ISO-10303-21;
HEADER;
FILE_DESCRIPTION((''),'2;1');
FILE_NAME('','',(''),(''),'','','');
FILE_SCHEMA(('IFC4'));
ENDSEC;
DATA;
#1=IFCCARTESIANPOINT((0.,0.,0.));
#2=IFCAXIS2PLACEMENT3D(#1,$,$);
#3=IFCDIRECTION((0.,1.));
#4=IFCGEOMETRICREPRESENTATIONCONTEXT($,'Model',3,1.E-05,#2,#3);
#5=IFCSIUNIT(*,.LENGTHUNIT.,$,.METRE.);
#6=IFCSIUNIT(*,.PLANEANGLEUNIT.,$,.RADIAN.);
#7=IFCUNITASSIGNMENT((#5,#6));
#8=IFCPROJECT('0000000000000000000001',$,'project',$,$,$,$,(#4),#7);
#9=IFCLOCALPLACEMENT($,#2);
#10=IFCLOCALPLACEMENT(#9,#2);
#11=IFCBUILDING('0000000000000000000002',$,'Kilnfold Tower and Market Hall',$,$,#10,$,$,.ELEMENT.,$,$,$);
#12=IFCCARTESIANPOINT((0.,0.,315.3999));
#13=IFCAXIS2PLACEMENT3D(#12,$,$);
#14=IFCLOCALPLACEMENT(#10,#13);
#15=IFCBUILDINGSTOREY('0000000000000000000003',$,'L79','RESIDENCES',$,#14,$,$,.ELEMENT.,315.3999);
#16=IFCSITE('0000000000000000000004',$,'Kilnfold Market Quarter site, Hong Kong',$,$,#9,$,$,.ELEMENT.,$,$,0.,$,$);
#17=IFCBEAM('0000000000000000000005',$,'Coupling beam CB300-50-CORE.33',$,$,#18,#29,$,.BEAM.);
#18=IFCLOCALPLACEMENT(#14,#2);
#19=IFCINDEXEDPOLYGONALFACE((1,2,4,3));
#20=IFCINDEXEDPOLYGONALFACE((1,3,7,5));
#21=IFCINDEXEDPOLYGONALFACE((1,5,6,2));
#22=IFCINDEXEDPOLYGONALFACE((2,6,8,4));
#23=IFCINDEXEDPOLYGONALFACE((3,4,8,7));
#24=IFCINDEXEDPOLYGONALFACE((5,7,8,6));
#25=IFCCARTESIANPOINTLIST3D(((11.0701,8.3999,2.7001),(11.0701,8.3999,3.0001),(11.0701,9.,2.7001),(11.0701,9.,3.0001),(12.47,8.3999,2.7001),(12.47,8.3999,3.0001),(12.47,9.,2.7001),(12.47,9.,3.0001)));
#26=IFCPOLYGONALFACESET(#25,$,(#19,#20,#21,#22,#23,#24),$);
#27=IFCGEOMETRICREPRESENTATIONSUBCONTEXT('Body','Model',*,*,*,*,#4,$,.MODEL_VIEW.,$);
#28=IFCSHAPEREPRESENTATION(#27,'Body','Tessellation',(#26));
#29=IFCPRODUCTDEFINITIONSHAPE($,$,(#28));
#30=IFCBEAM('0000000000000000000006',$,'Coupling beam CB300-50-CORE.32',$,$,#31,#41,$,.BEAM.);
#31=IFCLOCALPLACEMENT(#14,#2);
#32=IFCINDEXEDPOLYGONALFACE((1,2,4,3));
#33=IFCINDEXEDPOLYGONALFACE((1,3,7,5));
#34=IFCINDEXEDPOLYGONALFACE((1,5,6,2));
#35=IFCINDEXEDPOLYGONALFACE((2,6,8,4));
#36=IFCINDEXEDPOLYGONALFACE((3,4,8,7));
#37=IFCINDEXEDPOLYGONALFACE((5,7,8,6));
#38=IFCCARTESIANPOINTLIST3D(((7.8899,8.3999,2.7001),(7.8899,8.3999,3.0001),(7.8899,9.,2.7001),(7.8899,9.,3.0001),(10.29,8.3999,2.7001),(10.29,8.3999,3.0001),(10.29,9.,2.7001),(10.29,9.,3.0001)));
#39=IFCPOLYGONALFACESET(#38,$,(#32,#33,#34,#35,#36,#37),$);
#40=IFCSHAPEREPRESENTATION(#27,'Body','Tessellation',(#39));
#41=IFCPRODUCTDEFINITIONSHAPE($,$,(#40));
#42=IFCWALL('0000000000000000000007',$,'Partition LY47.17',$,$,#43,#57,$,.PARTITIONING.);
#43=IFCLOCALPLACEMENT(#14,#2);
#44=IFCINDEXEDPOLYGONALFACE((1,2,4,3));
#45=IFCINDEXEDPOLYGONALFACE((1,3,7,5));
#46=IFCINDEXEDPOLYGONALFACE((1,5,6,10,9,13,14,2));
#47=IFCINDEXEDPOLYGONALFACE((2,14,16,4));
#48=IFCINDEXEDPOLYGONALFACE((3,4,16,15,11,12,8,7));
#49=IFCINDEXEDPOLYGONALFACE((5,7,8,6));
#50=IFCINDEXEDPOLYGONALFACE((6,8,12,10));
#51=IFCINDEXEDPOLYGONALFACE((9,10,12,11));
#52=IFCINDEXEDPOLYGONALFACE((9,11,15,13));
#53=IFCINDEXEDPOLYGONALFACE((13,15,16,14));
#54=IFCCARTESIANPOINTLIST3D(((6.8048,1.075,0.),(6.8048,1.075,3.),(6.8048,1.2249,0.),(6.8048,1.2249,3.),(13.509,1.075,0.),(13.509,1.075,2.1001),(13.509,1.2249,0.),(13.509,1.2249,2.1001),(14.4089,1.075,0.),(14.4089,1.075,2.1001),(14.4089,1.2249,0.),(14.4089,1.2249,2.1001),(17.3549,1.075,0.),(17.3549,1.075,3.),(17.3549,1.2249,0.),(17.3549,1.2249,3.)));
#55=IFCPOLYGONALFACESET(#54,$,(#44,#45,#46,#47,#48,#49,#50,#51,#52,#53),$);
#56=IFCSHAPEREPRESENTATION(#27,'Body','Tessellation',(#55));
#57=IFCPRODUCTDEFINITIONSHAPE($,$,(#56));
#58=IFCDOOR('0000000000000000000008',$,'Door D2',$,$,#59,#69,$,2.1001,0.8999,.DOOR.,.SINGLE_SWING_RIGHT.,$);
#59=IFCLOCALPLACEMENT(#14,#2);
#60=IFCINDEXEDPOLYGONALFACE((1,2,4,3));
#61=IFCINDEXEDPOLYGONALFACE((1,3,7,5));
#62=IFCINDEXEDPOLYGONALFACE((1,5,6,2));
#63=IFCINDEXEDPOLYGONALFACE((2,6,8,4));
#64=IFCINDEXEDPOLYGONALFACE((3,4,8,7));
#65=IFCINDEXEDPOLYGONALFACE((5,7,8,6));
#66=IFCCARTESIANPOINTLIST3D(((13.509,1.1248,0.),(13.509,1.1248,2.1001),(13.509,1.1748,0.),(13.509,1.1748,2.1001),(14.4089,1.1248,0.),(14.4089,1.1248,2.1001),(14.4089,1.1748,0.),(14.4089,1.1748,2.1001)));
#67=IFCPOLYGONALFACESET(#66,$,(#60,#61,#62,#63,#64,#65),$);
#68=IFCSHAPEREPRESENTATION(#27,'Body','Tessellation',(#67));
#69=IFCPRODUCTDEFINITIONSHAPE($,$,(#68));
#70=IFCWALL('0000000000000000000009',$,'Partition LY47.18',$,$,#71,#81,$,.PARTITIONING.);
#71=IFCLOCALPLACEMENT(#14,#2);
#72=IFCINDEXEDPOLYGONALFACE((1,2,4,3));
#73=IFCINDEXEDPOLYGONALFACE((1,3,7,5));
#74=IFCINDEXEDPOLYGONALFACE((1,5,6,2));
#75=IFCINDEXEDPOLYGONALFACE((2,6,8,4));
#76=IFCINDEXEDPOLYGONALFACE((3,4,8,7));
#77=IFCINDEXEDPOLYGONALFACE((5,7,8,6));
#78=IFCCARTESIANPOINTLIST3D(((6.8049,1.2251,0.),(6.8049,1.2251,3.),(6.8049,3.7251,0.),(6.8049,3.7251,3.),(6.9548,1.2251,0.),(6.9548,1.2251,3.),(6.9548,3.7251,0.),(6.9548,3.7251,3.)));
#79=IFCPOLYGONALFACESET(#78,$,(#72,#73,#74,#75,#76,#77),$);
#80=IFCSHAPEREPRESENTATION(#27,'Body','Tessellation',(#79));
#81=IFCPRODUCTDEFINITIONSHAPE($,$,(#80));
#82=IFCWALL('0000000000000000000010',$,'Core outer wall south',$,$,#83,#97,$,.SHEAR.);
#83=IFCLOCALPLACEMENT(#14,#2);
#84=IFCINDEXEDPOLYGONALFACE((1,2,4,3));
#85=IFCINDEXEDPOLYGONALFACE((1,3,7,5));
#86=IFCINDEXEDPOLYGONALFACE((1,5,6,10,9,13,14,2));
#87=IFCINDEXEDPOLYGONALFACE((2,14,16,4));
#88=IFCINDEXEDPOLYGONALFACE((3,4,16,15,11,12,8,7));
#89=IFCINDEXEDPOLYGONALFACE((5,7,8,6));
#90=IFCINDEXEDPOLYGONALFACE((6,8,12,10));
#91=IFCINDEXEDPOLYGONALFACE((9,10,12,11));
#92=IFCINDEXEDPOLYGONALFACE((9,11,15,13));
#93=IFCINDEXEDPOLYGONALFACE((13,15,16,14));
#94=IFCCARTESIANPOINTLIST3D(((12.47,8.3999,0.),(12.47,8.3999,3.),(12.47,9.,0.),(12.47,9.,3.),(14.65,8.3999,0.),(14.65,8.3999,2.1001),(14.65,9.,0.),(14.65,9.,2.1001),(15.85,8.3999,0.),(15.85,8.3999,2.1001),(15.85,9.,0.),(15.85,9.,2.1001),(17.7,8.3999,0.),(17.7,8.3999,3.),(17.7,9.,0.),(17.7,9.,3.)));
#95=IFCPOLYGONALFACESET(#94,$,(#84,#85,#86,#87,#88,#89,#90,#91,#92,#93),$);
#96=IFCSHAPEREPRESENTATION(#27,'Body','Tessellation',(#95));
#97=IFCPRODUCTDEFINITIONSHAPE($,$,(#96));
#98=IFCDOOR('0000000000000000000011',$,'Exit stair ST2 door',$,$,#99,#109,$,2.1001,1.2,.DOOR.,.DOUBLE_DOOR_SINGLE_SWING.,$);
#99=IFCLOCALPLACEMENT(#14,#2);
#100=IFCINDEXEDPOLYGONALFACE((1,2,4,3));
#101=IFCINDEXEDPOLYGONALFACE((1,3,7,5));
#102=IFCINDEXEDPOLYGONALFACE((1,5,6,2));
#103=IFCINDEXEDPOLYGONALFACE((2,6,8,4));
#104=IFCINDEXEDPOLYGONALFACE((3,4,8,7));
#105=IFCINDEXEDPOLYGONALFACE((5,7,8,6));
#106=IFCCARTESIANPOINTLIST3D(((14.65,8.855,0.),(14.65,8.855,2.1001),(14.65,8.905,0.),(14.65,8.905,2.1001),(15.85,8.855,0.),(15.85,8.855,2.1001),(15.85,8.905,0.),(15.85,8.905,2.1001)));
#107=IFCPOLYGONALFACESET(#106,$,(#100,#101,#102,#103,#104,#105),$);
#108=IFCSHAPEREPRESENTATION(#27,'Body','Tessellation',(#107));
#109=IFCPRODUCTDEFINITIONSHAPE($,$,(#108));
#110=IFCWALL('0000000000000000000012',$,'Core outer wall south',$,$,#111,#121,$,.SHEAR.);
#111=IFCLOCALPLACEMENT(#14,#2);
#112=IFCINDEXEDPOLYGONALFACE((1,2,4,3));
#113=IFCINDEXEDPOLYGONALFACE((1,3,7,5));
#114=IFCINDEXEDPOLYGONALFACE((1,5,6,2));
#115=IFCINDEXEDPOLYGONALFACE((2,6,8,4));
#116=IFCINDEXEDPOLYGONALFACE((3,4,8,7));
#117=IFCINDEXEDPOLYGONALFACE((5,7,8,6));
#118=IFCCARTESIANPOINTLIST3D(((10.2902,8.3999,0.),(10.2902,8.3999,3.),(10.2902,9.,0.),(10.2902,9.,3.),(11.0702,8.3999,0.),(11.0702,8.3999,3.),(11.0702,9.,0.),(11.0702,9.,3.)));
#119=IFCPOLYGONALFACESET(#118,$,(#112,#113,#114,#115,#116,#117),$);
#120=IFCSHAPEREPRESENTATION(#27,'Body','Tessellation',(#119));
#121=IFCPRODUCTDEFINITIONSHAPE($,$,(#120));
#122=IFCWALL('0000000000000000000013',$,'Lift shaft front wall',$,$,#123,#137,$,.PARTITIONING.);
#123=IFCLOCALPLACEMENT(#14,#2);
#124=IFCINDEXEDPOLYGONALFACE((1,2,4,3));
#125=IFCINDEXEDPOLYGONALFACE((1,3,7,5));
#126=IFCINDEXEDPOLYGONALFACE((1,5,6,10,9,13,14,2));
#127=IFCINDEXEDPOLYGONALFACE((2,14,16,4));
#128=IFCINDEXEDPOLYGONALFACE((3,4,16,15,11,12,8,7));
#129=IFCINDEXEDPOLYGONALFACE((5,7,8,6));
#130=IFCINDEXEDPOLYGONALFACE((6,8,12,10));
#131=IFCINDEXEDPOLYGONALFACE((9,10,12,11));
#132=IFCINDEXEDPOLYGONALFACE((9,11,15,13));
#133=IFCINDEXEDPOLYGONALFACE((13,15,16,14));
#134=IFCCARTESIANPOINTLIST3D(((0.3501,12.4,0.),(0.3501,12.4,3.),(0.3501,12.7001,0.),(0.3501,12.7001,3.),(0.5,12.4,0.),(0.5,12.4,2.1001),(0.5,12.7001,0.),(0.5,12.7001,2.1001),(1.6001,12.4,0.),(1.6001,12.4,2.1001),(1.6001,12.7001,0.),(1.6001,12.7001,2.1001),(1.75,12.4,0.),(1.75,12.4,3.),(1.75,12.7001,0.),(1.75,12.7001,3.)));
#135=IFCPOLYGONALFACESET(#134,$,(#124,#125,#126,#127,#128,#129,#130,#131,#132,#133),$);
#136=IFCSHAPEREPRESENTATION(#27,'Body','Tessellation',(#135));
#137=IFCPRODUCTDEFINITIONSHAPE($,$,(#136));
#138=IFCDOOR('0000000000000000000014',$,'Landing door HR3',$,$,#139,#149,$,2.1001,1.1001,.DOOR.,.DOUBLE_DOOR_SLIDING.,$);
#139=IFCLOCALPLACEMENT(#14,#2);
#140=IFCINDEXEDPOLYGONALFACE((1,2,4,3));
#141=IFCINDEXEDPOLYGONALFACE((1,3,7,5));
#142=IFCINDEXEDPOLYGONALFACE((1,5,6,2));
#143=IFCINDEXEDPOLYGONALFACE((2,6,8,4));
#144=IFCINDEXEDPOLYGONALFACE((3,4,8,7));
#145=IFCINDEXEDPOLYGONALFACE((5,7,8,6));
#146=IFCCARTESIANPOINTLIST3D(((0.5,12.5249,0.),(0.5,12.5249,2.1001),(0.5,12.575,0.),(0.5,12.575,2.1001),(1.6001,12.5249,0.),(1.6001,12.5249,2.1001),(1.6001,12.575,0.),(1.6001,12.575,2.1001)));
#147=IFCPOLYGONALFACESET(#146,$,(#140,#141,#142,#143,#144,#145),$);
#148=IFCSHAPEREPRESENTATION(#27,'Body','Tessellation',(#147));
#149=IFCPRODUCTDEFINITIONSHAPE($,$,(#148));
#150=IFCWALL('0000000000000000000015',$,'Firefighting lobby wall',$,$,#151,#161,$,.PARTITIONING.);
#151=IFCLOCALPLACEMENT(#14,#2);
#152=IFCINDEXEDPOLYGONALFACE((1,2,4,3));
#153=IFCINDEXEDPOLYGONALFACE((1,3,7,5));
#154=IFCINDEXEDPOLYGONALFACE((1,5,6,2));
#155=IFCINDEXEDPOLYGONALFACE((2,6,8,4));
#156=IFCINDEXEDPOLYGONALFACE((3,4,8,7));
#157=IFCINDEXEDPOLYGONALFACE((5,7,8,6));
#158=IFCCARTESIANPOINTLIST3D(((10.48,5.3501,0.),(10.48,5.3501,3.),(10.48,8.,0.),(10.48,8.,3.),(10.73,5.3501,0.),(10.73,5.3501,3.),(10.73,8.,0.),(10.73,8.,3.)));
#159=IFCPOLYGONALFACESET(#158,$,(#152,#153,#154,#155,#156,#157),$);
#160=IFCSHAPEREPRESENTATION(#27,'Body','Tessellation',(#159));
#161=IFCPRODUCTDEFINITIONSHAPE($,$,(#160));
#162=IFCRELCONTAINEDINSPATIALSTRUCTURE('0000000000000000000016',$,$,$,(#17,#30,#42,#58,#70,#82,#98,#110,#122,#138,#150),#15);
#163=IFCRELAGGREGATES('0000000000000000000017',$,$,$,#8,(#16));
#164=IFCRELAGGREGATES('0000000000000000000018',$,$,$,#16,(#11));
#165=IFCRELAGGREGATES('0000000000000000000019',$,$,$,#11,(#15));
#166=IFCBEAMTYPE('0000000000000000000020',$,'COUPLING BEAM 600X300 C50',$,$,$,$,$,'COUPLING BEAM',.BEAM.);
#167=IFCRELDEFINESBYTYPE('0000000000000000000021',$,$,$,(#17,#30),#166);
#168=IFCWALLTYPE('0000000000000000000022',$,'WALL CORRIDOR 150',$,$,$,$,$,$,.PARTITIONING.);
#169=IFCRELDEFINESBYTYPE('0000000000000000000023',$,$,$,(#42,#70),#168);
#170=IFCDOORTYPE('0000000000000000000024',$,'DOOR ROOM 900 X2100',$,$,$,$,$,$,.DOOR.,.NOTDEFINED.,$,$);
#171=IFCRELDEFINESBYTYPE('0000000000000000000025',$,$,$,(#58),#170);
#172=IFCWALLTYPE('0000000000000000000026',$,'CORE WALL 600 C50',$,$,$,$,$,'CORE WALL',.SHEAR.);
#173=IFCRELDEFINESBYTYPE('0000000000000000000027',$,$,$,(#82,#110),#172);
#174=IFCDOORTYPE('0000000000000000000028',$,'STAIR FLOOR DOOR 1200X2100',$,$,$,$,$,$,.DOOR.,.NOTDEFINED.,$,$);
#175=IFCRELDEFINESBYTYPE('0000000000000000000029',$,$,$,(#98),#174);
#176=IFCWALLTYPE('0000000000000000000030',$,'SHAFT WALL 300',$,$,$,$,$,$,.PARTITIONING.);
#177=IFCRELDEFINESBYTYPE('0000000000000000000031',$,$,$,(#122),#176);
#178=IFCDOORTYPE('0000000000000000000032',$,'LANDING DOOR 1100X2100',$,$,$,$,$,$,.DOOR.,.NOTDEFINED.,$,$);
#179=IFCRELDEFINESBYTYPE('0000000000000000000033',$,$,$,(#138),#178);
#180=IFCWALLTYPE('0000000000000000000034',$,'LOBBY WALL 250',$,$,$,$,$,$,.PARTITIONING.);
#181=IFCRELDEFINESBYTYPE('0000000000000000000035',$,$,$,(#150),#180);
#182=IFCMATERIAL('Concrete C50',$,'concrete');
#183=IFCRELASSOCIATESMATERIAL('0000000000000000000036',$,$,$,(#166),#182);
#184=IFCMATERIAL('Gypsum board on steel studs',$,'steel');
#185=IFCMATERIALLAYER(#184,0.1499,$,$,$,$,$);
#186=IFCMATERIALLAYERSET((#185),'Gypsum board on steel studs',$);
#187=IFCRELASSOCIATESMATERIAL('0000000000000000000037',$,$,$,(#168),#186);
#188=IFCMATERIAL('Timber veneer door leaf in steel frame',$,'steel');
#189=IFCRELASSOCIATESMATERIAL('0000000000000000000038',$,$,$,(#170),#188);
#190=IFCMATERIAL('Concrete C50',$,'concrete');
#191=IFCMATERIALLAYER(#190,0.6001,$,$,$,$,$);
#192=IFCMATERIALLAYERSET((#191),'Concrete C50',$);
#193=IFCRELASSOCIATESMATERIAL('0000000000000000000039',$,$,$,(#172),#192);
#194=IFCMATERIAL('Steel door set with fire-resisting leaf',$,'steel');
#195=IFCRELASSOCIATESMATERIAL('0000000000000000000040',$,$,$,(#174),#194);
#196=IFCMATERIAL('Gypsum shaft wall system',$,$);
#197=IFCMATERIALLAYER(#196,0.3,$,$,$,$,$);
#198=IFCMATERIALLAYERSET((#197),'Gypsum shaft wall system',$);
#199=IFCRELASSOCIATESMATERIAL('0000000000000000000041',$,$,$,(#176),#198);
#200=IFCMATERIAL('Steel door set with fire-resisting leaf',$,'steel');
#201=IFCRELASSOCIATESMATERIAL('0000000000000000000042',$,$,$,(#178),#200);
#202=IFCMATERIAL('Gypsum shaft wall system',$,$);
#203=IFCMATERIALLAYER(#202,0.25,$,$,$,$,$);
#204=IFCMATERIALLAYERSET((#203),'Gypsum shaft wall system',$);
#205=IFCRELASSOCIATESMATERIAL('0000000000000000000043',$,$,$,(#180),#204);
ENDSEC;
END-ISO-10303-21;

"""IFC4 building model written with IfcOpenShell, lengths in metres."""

from ifc_helpers import new_model, si_unit, direction, frame, frame_2d, origin, origin_2d, place, context, subcontext, project, spatial, rectangle, extrude, source, transform, mapped, material, layer, layer_set, material_profile, profile_set, type_object, element, fill, save


model = new_model("IFC4")

# Units and contexts
model_context = context("Model", 3, precision=1e-05, world=origin(), true_north=direction((0.0, 1.0)))
body_context = subcontext(model_context, "Body", "Model", "MODEL_VIEW")
ifc_project = project(units=[si_unit("LENGTHUNIT", "METRE"), si_unit("PLANEANGLEUNIT", "RADIAN")], contexts=[model_context])

# Site, building, storey
site_placement = place(None, origin())
site = spatial("IfcSite", under=ifc_project, at=site_placement, Name="Kilnfold Market Quarter site, Hong Kong", CompositionType="ELEMENT", RefElevation=0.0)
building_placement = place(site_placement, origin())
building = spatial("IfcBuilding", under=site, at=building_placement, Name="Kilnfold Tower and Market Hall", CompositionType="ELEMENT")
storey_placement = place(building_placement, frame((0.0, 0.0, 315.3999)))
storey = spatial("IfcBuildingStorey", under=building, at=storey_placement, Name="L79", Description="RESIDENCES", CompositionType="ELEMENT", Elevation=315.3999)

# Beams
ifc_material_1 = material(Name="Concrete C50", Category="concrete")
ifc_material_profile = material_profile(ifc_material_1, rectangle(XDim=0.6001, YDim=0.3, at=origin_2d()), Name="RC 600x300")
ifc_profile_set = profile_set([ifc_material_profile], Name="Concrete C50")
beam_type = type_object("IfcBeamType", Name="COUPLING BEAM 600X300 C50", ElementType="COUPLING BEAM", PredefinedType="BEAM", material=ifc_profile_set)
shared_shape_1 = source(origin(), body_context, "Body", "SweptSolid", [
    extrude(rectangle(XDim=0.6001, YDim=0.3, at=origin_2d()), origin(), (0.0, 0.0, 1.0), 1.3999),
])
beam_1_placement = place(storey_placement, frame((11.0701, 8.7, 2.8501), z_axis=(1.0, 0.0, 0.0), x_axis=(0.0, 1.0, 0.0)))
element("IfcBeam", 1, at=beam_1_placement, inside=storey, type_object=beam_type, Name="Coupling beam CB300-50-CORE.33", PredefinedType="BEAM", context=body_context, shape_type="MappedRepresentation", body=[
    mapped(shared_shape_1, transform((0.0, 0.0, 0.0))),
])
shared_shape_2 = source(origin(), body_context, "Body", "SweptSolid", [
    extrude(rectangle(XDim=0.6001, YDim=0.3, at=origin_2d()), origin(), (0.0, 0.0, 1.0), 2.4001),
])
beam_2_placement = place(storey_placement, frame((7.8899, 8.7, 2.8501), z_axis=(1.0, 0.0, 0.0), x_axis=(0.0, 1.0, 0.0)))
element("IfcBeam", 2, at=beam_2_placement, inside=storey, type_object=beam_type, Name="Coupling beam CB300-50-CORE.32", PredefinedType="BEAM", context=body_context, shape_type="MappedRepresentation", body=[
    mapped(shared_shape_2, transform((0.0, 0.0, 0.0))),
])

# Wall, opening, door
ifc_material_2 = material(Name="Gypsum board on steel studs", Category="steel")
ifc_layer_1 = layer(ifc_material_2, 0.1499)
ifc_layer_set_1 = layer_set([ifc_layer_1], Name="Gypsum board on steel studs")
wall_type_1 = type_object("IfcWallType", Name="WALL CORRIDOR 150", PredefinedType="PARTITIONING", material=ifc_layer_set_1)
wall_1_placement = place(storey_placement, frame((6.8049, 1.1499, 0.0), z_axis=(0.0, 0.0, 1.0), x_axis=(1.0, 0.0, 0.0)))
wall_1 = element("IfcWall", 3, at=wall_1_placement, inside=storey, type_object=wall_type_1, Name="Partition LY47.17", PredefinedType="PARTITIONING", context=body_context, shape_type="SweptSolid", body=[
    extrude(rectangle(XDim=10.55, YDim=0.1499, at=frame_2d((5.2749, 0.0))), origin(), (0.0, 0.0, 1.0), 3.0),
])
opening_1_placement = place(wall_1_placement, frame((6.7041, 0.0, 0.0)))
opening_1 = element("IfcOpeningElement", 4, at=opening_1_placement, cuts=wall_1, PredefinedType="OPENING", context=body_context, shape_type="SweptSolid", body=[
    extrude(rectangle(XDim=0.8999, YDim=2.1001, at=frame_2d((0.45, 1.05))), frame((0.0, 0.085, 0.0), z_axis=(0.0, -1.0, 0.0), x_axis=(1.0, 0.0, 0.0)), (0.0, 0.0, 1.0), 0.1699),
])
ifc_material_3 = material(Name="Timber veneer door leaf in steel frame", Category="steel")
door_type_1 = type_object("IfcDoorType", Name="DOOR ROOM 900 X2100", OperationType="NOTDEFINED", PredefinedType="DOOR", material=ifc_material_3)
door_1_placement = place(opening_1_placement, origin())
door_1 = element("IfcDoor", 5, at=door_1_placement, inside=storey, type_object=door_type_1, Name="Door D2", OperationType="SINGLE_SWING_RIGHT", OverallHeight=2.1001, OverallWidth=0.8999, PredefinedType="DOOR", context=body_context, shape_type="SweptSolid", body=[
    extrude(rectangle(XDim=0.8999, YDim=2.1001, at=frame_2d((0.45, 1.05))), frame((0.0, 0.0249, 0.0), z_axis=(0.0, -1.0, 0.0), x_axis=(1.0, 0.0, 0.0)), (0.0, 0.0, 1.0), 0.05),
])
fill(opening_1, door_1)

# Wall
wall_2_placement = place(storey_placement, frame((6.8799, 3.7251, 0.0), z_axis=(0.0, 0.0, 1.0), x_axis=(0.0, -1.0, 0.0)))
element("IfcWall", 6, at=wall_2_placement, inside=storey, type_object=wall_type_1, Name="Partition LY47.18", PredefinedType="PARTITIONING", context=body_context, shape_type="SweptSolid", body=[
    extrude(rectangle(XDim=2.5, YDim=0.1499, at=frame_2d((1.25, 0.0))), origin(), (0.0, 0.0, 1.0), 3.0),
])

# Wall, opening, door
ifc_material_4 = material(Name="Concrete C50", Category="concrete")
ifc_layer_2 = layer(ifc_material_4, 0.6001)
ifc_layer_set_2 = layer_set([ifc_layer_2], Name="Concrete C50")
wall_type_2 = type_object("IfcWallType", Name="CORE WALL 600 C50", ElementType="CORE WALL", PredefinedType="SHEAR", material=ifc_layer_set_2)
shared_shape_3 = source(origin(), body_context, "Body", "SweptSolid", [
    extrude(rectangle(XDim=5.23, YDim=0.6001, at=frame_2d((2.615, 0.0))), origin(), (0.0, 0.0, 1.0), 3.0),
])
wall_3_placement = place(storey_placement, frame((12.47, 8.7, 0.0), z_axis=(0.0, 0.0, 1.0), x_axis=(1.0, 0.0, 0.0)))
wall_3 = element("IfcWall", 7, at=wall_3_placement, inside=storey, type_object=wall_type_2, Name="Core outer wall south", PredefinedType="SHEAR", context=body_context, shape_type="MappedRepresentation", body=[
    mapped(shared_shape_3, transform((0.0, 0.0, 0.0))),
])
opening_2_placement = place(wall_3_placement, frame((2.1799, 0.0, 0.0)))
opening_2 = element("IfcOpeningElement", 8, at=opening_2_placement, cuts=wall_3, PredefinedType="OPENING", context=body_context, shape_type="SweptSolid", body=[
    extrude(rectangle(XDim=1.2, YDim=2.1001, at=frame_2d((0.6001, 1.05))), frame((0.0, 0.3101, 0.0), z_axis=(0.0, -1.0, 0.0), x_axis=(1.0, 0.0, 0.0)), (0.0, 0.0, 1.0), 0.6201),
])
ifc_material_5 = material(Name="Steel door set with fire-resisting leaf", Category="steel")
door_type_2 = type_object("IfcDoorType", Name="STAIR FLOOR DOOR 1200X2100", OperationType="NOTDEFINED", PredefinedType="DOOR", material=ifc_material_5)
door_2_placement = place(opening_2_placement, origin())
door_2 = element("IfcDoor", 9, at=door_2_placement, inside=storey, type_object=door_type_2, Name="Exit stair ST2 door", OperationType="DOUBLE_DOOR_SINGLE_SWING", OverallHeight=2.1001, OverallWidth=1.2, PredefinedType="DOOR", context=body_context, shape_type="SweptSolid", body=[
    extrude(rectangle(XDim=1.2, YDim=2.1001, at=frame_2d((0.6001, 1.05))), frame((0.0, 0.2051, 0.0), z_axis=(0.0, -1.0, 0.0), x_axis=(1.0, 0.0, 0.0)), (0.0, 0.0, 1.0), 0.05),
])
fill(opening_2, door_2)

# Wall
shared_shape_4 = source(origin(), body_context, "Body", "SweptSolid", [
    extrude(rectangle(XDim=0.78, YDim=0.6001, at=frame_2d((0.3901, 0.0))), origin(), (0.0, 0.0, 1.0), 3.0),
])
wall_4_placement = place(storey_placement, frame((10.29, 8.7, 0.0), z_axis=(0.0, 0.0, 1.0), x_axis=(1.0, 0.0, 0.0)))
element("IfcWall", 10, at=wall_4_placement, inside=storey, type_object=wall_type_2, Name="Core outer wall south", PredefinedType="SHEAR", context=body_context, shape_type="MappedRepresentation", body=[
    mapped(shared_shape_4, transform((0.0, 0.0, 0.0))),
])

# Wall, opening, door
ifc_material_6 = material(Name="Gypsum shaft wall system")
ifc_layer_3 = layer(ifc_material_6, 0.3)
ifc_layer_set_3 = layer_set([ifc_layer_3], Name="Gypsum shaft wall system")
wall_type_3 = type_object("IfcWallType", Name="SHAFT WALL 300", PredefinedType="PARTITIONING", material=ifc_layer_set_3)
shared_shape_5 = source(origin(), body_context, "Body", "SweptSolid", [
    extrude(rectangle(XDim=1.3999, YDim=0.3, at=frame_2d((0.7, 0.0))), origin(), (0.0, 0.0, 1.0), 3.0),
])
wall_5_placement = place(storey_placement, frame((0.3501, 12.55, 0.0), z_axis=(0.0, 0.0, 1.0), x_axis=(1.0, 0.0, 0.0)))
wall_5 = element("IfcWall", 11, at=wall_5_placement, inside=storey, type_object=wall_type_3, Name="Lift shaft front wall", PredefinedType="PARTITIONING", context=body_context, shape_type="MappedRepresentation", body=[
    mapped(shared_shape_5, transform((0.0, 0.0, 0.0))),
])
opening_3_placement = place(wall_5_placement, frame((0.1499, 0.0, 0.0)))
opening_3 = element("IfcOpeningElement", 12, at=opening_3_placement, cuts=wall_5, PredefinedType="OPENING", context=body_context, shape_type="SweptSolid", body=[
    extrude(rectangle(XDim=1.1001, YDim=2.1001, at=frame_2d((0.55, 1.05))), frame((0.0, 0.1602, 0.0), z_axis=(0.0, -1.0, 0.0), x_axis=(1.0, 0.0, 0.0)), (0.0, 0.0, 1.0), 0.3201),
])
ifc_material_7 = material(Name="Steel door set with fire-resisting leaf", Category="steel")
door_type_3 = type_object("IfcDoorType", Name="LANDING DOOR 1100X2100", OperationType="NOTDEFINED", PredefinedType="DOOR", material=ifc_material_7)
door_3_placement = place(opening_3_placement, origin())
door_3 = element("IfcDoor", 13, at=door_3_placement, inside=storey, type_object=door_type_3, Name="Landing door HR3", OperationType="DOUBLE_DOOR_SLIDING", OverallHeight=2.1001, OverallWidth=1.1001, PredefinedType="DOOR", context=body_context, shape_type="SweptSolid", body=[
    extrude(rectangle(XDim=1.1001, YDim=2.1001, at=frame_2d((0.55, 1.05))), frame((0.0, 0.0249, 0.0), z_axis=(0.0, -1.0, 0.0), x_axis=(1.0, 0.0, 0.0)), (0.0, 0.0, 1.0), 0.05),
])
fill(opening_3, door_3)

# Wall
ifc_material_8 = material(Name="Gypsum shaft wall system")
ifc_layer_4 = layer(ifc_material_8, 0.25)
ifc_layer_set_4 = layer_set([ifc_layer_4], Name="Gypsum shaft wall system")
wall_type_4 = type_object("IfcWallType", Name="LOBBY WALL 250", PredefinedType="PARTITIONING", material=ifc_layer_set_4)
shared_shape_6 = source(origin(), body_context, "Body", "SweptSolid", [
    extrude(rectangle(XDim=2.6499, YDim=0.25, at=frame_2d((1.325, 0.0))), origin(), (0.0, 0.0, 1.0), 3.0),
])
wall_6_placement = place(storey_placement, frame((10.605, 5.3501, 0.0), z_axis=(0.0, 0.0, 1.0), x_axis=(0.0, 1.0, 0.0)))
element("IfcWall", 14, at=wall_6_placement, inside=storey, type_object=wall_type_4, Name="Firefighting lobby wall", PredefinedType="PARTITIONING", context=body_context, shape_type="MappedRepresentation", body=[
    mapped(shared_shape_6, transform((0.0, 0.0, 0.0))),
])

save(model, "model.ifc")
